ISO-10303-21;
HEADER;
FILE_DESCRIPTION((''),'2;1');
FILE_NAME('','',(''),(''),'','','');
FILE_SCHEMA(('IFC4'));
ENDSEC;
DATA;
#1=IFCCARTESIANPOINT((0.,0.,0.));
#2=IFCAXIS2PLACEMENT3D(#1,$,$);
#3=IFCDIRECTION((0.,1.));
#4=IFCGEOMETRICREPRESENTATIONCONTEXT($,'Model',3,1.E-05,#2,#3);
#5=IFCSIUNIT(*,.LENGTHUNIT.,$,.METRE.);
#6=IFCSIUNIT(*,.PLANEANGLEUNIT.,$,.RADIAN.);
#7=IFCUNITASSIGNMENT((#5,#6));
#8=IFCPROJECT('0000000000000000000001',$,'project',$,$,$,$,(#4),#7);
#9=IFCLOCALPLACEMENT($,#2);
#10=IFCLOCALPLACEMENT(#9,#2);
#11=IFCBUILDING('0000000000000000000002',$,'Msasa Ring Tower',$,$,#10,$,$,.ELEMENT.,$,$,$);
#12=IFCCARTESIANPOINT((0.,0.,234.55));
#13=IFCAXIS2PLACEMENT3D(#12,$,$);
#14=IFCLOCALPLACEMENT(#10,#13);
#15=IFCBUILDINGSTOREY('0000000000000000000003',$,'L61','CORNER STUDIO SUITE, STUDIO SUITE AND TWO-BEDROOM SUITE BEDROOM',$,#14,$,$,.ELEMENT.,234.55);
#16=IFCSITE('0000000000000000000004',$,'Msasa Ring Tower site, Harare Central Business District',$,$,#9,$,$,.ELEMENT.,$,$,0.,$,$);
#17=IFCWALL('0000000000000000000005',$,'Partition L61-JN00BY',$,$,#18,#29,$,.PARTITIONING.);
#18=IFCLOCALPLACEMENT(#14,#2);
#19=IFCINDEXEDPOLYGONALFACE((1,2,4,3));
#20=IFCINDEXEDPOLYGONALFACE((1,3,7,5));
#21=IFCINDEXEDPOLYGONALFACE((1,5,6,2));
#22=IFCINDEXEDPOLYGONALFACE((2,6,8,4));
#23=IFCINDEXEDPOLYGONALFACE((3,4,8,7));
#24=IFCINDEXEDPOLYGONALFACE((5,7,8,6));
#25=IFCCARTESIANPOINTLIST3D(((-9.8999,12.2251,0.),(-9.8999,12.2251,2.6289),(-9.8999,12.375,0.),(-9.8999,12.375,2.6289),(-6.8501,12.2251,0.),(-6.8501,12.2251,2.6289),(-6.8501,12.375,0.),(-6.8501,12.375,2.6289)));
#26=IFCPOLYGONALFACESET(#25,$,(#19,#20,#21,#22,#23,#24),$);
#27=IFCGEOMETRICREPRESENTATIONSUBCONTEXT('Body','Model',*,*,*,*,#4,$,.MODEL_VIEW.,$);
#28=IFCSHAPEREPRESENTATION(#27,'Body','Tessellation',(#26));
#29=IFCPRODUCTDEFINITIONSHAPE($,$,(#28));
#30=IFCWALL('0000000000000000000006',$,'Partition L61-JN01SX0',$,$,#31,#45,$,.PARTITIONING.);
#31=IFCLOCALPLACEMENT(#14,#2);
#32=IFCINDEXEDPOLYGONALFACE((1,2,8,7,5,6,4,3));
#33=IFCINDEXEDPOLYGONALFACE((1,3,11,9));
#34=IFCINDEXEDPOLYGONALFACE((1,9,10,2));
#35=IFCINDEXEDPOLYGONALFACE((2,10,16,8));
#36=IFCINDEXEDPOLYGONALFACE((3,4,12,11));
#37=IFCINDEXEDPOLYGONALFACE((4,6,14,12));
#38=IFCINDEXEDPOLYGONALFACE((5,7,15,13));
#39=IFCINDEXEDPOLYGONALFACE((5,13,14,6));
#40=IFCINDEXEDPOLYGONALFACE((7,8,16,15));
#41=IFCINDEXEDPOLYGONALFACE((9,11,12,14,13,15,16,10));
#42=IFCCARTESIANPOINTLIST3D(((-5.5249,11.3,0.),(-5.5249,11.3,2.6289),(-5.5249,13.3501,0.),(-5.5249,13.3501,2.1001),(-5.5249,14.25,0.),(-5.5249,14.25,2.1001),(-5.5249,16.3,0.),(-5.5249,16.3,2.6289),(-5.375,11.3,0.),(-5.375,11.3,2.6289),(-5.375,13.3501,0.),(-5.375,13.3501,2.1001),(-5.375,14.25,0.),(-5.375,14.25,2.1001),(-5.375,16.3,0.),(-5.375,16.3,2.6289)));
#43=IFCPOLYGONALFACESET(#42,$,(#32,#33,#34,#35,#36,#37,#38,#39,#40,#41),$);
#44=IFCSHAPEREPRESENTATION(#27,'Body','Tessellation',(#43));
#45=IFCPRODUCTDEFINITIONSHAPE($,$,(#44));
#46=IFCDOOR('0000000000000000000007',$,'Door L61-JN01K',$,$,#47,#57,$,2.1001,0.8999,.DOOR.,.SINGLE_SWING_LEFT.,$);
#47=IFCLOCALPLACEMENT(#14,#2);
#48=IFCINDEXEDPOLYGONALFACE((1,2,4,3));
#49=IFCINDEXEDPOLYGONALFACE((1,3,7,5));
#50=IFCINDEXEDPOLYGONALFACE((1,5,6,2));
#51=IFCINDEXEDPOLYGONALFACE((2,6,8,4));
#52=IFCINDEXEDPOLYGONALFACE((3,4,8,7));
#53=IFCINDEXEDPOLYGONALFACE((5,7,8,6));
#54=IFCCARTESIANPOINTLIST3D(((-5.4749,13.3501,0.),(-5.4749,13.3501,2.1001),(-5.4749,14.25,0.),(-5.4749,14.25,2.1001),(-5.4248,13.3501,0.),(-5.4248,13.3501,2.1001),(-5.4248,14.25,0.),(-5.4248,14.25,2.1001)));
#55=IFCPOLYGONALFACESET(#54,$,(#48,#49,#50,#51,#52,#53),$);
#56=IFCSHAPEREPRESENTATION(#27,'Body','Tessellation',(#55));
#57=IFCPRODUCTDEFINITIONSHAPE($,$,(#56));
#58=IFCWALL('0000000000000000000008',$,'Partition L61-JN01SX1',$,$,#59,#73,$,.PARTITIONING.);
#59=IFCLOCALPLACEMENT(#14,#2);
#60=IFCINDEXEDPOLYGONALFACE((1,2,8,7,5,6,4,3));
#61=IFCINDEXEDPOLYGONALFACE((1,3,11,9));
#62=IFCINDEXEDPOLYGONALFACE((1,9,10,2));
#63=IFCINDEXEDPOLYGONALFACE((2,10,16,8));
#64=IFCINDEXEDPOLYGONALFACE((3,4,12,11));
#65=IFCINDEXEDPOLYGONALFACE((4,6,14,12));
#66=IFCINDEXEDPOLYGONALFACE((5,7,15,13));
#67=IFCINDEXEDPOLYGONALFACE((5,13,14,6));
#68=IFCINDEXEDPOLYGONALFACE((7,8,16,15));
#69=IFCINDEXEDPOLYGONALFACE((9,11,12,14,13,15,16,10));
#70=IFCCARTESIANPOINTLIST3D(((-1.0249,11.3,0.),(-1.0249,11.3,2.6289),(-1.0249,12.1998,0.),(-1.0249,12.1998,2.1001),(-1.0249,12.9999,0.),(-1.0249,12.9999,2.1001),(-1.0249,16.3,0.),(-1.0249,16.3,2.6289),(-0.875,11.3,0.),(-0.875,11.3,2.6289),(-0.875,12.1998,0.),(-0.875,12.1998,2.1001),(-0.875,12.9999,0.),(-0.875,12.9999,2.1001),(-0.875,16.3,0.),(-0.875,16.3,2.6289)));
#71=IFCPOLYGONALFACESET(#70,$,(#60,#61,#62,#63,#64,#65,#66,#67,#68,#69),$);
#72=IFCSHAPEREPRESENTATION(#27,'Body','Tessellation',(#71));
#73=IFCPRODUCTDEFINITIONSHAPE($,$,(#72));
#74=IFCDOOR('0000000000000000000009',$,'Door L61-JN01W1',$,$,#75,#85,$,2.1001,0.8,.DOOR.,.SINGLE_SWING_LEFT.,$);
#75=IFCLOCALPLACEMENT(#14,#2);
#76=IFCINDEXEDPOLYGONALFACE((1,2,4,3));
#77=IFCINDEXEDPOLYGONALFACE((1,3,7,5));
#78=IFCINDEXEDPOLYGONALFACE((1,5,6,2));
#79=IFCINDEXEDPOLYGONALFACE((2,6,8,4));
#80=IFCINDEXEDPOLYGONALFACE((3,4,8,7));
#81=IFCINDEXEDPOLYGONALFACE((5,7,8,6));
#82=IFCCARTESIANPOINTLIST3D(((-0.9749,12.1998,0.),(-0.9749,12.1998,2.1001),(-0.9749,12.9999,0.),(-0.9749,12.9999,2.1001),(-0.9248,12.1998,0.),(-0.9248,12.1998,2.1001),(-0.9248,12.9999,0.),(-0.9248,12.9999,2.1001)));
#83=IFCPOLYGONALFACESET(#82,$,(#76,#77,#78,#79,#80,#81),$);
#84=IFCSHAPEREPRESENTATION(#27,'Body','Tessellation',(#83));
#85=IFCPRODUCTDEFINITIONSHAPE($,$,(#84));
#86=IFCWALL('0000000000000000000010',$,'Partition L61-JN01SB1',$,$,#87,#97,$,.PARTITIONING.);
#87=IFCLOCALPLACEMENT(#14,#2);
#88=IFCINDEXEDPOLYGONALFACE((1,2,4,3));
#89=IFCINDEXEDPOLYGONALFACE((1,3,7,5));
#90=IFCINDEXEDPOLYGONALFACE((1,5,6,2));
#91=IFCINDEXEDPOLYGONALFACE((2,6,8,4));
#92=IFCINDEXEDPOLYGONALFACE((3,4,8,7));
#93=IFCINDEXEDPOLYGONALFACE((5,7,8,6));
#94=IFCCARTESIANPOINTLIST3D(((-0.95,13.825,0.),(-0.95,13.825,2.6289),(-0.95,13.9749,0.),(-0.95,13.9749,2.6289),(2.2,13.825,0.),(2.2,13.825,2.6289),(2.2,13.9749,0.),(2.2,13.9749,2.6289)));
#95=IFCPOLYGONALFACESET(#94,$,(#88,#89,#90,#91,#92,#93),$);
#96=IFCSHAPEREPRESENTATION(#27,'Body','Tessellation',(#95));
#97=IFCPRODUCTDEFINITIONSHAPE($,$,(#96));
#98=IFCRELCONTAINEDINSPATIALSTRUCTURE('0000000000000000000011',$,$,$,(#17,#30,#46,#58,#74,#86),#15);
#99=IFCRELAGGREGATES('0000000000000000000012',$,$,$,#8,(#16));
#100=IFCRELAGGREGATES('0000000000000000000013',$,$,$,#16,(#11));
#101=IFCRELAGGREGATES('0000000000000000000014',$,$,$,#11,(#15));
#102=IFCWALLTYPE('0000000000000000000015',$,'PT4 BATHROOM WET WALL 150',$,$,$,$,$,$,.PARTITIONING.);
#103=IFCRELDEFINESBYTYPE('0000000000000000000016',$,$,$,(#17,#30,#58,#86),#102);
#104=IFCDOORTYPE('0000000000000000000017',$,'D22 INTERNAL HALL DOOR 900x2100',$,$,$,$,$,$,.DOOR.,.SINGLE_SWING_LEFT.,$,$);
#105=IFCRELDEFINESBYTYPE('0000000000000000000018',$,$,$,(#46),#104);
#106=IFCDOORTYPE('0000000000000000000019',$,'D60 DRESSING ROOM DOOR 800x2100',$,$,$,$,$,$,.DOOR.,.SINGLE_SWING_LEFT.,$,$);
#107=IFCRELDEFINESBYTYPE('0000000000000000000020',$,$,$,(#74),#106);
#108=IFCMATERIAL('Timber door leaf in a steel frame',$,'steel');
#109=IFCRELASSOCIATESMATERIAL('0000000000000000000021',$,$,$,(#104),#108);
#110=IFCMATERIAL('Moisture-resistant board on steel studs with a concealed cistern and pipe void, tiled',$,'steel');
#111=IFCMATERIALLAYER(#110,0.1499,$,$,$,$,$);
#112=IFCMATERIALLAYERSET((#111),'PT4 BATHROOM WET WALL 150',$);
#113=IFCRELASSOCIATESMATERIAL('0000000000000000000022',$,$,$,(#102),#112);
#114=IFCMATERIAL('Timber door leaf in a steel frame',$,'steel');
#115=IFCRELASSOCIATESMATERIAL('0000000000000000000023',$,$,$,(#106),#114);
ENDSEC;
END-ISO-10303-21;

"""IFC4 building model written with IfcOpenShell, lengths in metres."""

from ifc_helpers import new_model, si_unit, direction, frame, frame_2d, origin, place, context, subcontext, project, spatial, rectangle, extrude, material, layer, layer_set, type_object, element, fill, save


model = new_model("IFC4")

# Units and contexts
model_context = context("Model", 3, precision=1e-05, world=origin(), true_north=direction((0.0, 1.0)))
body_context = subcontext(model_context, "Body", "Model", "MODEL_VIEW")
ifc_project = project(units=[si_unit("LENGTHUNIT", "METRE"), si_unit("PLANEANGLEUNIT", "RADIAN")], contexts=[model_context])

# Site, building, storey
site_placement = place(None, origin())
site = spatial("IfcSite", under=ifc_project, at=site_placement, Name="Msasa Ring Tower site, Harare Central Business District", CompositionType="ELEMENT", RefElevation=0.0)
building_placement = place(site_placement, origin())
building = spatial("IfcBuilding", under=site, at=building_placement, Name="Msasa Ring Tower", CompositionType="ELEMENT")
storey_placement = place(building_placement, frame((0.0, 0.0, 234.55)))
storey = spatial("IfcBuildingStorey", under=building, at=storey_placement, Name="L61", Description="CORNER STUDIO SUITE, STUDIO SUITE AND TWO-BEDROOM SUITE BEDROOM", CompositionType="ELEMENT", Elevation=234.55)

# Shared definitions
ifc_material_1 = material(Name="Timber door leaf in a steel frame", Category="steel")
door_type_1 = type_object("IfcDoorType", Name="D22 INTERNAL HALL DOOR 900x2100", OperationType="SINGLE_SWING_LEFT", PredefinedType="DOOR", material=ifc_material_1)

# Shared definitions
ifc_material_2 = material(Name="Moisture-resistant board on steel studs with a concealed cistern and pipe void, tiled", Category="steel")
ifc_layer_1 = layer(ifc_material_2, 0.1499)
ifc_layer_set_1 = layer_set([ifc_layer_1], Name="PT4 BATHROOM WET WALL 150")
wall_type_1 = type_object("IfcWallType", Name="PT4 BATHROOM WET WALL 150", PredefinedType="PARTITIONING", material=ifc_layer_set_1)

# Wall
wall_1_placement = place(storey_placement, frame((-9.8999, 12.3, 0.0), z_axis=(0.0, 0.0, 1.0), x_axis=(1.0, 0.0, 0.0)))
element("IfcWall", 1, at=wall_1_placement, inside=storey, type_object=wall_type_1, Name="Partition L61-JN00BY", PredefinedType="PARTITIONING", context=body_context, shape_type="SweptSolid", body=[
    extrude(rectangle(XDim=3.0498, YDim=0.1499, at=frame_2d((1.5249, 0.0))), origin(), (0.0, 0.0, 1.0), 2.6289),
])

# Walls, openings, doors
wall_2_placement = place(storey_placement, frame((-5.45, 11.3, 0.0), z_axis=(0.0, 0.0, 1.0), x_axis=(0.0, 1.0, 0.0)))
wall_2 = element("IfcWall", 2, at=wall_2_placement, inside=storey, type_object=wall_type_1, Name="Partition L61-JN01SX0", PredefinedType="PARTITIONING", context=body_context, shape_type="SweptSolid", body=[
    extrude(rectangle(XDim=5.0, YDim=0.1499, at=frame_2d((2.5, 0.0))), origin(), (0.0, 0.0, 1.0), 2.6289),
])
opening_1_placement = place(wall_2_placement, frame((2.05, 0.0, 0.0)))
opening_1 = element("IfcOpeningElement", 3, at=opening_1_placement, cuts=wall_2, PredefinedType="OPENING", context=body_context, shape_type="SweptSolid", body=[
    extrude(rectangle(XDim=0.8999, YDim=2.1001, at=frame_2d((0.45, 1.05))), frame((0.0, 0.085, 0.0), z_axis=(0.0, -1.0, 0.0), x_axis=(1.0, 0.0, 0.0)), (0.0, 0.0, 1.0), 0.1699),
])
door_1_placement = place(opening_1_placement, origin())
door_1 = element("IfcDoor", 4, at=door_1_placement, inside=storey, type_object=door_type_1, Name="Door L61-JN01K", OperationType="SINGLE_SWING_LEFT", OverallHeight=2.1001, OverallWidth=0.8999, PredefinedType="DOOR", context=body_context, shape_type="SweptSolid", body=[
    extrude(rectangle(XDim=0.8999, YDim=2.1001, at=frame_2d((0.45, 1.05))), frame((0.0, 0.0249, 0.0), z_axis=(0.0, -1.0, 0.0), x_axis=(1.0, 0.0, 0.0)), (0.0, 0.0, 1.0), 0.05),
])
fill(opening_1, door_1)
wall_3_placement = place(storey_placement, frame((-0.95, 11.3, 0.0), z_axis=(0.0, 0.0, 1.0), x_axis=(0.0, 1.0, 0.0)))
wall_3 = element("IfcWall", 5, at=wall_3_placement, inside=storey, type_object=wall_type_1, Name="Partition L61-JN01SX1", PredefinedType="PARTITIONING", context=body_context, shape_type="SweptSolid", body=[
    extrude(rectangle(XDim=5.0, YDim=0.1499, at=frame_2d((2.5, 0.0))), origin(), (0.0, 0.0, 1.0), 2.6289),
])
opening_2_placement = place(wall_3_placement, frame((0.8999, 0.0, 0.0)))
opening_2 = element("IfcOpeningElement", 6, at=opening_2_placement, cuts=wall_3, PredefinedType="OPENING", context=body_context, shape_type="SweptSolid", body=[
    extrude(rectangle(XDim=0.8, YDim=2.1001, at=frame_2d((0.3999, 1.05))), frame((0.0, 0.085, 0.0), z_axis=(0.0, -1.0, 0.0), x_axis=(1.0, 0.0, 0.0)), (0.0, 0.0, 1.0), 0.1699),
])
ifc_material_3 = material(Name="Timber door leaf in a steel frame", Category="steel")
door_type_2 = type_object("IfcDoorType", Name="D60 DRESSING ROOM DOOR 800x2100", OperationType="SINGLE_SWING_LEFT", PredefinedType="DOOR", material=ifc_material_3)
door_2_placement = place(opening_2_placement, origin())
door_2 = element("IfcDoor", 7, at=door_2_placement, inside=storey, type_object=door_type_2, Name="Door L61-JN01W1", OperationType="SINGLE_SWING_LEFT", OverallHeight=2.1001, OverallWidth=0.8, PredefinedType="DOOR", context=body_context, shape_type="SweptSolid", body=[
    extrude(rectangle(XDim=0.8, YDim=2.1001, at=frame_2d((0.3999, 1.05))), frame((0.0, 0.0249, 0.0), z_axis=(0.0, -1.0, 0.0), x_axis=(1.0, 0.0, 0.0)), (0.0, 0.0, 1.0), 0.05),
])
fill(opening_2, door_2)

# Wall
wall_4_placement = place(storey_placement, frame((-0.95, 13.8999, 0.0), z_axis=(0.0, 0.0, 1.0), x_axis=(1.0, 0.0, 0.0)))
element("IfcWall", 8, at=wall_4_placement, inside=storey, type_object=wall_type_1, Name="Partition L61-JN01SB1", PredefinedType="PARTITIONING", context=body_context, shape_type="SweptSolid", body=[
    extrude(rectangle(XDim=3.1499, YDim=0.1499, at=frame_2d((1.575, 0.0))), origin(), (0.0, 0.0, 1.0), 2.6289),
])

save(model, "model.ifc")
